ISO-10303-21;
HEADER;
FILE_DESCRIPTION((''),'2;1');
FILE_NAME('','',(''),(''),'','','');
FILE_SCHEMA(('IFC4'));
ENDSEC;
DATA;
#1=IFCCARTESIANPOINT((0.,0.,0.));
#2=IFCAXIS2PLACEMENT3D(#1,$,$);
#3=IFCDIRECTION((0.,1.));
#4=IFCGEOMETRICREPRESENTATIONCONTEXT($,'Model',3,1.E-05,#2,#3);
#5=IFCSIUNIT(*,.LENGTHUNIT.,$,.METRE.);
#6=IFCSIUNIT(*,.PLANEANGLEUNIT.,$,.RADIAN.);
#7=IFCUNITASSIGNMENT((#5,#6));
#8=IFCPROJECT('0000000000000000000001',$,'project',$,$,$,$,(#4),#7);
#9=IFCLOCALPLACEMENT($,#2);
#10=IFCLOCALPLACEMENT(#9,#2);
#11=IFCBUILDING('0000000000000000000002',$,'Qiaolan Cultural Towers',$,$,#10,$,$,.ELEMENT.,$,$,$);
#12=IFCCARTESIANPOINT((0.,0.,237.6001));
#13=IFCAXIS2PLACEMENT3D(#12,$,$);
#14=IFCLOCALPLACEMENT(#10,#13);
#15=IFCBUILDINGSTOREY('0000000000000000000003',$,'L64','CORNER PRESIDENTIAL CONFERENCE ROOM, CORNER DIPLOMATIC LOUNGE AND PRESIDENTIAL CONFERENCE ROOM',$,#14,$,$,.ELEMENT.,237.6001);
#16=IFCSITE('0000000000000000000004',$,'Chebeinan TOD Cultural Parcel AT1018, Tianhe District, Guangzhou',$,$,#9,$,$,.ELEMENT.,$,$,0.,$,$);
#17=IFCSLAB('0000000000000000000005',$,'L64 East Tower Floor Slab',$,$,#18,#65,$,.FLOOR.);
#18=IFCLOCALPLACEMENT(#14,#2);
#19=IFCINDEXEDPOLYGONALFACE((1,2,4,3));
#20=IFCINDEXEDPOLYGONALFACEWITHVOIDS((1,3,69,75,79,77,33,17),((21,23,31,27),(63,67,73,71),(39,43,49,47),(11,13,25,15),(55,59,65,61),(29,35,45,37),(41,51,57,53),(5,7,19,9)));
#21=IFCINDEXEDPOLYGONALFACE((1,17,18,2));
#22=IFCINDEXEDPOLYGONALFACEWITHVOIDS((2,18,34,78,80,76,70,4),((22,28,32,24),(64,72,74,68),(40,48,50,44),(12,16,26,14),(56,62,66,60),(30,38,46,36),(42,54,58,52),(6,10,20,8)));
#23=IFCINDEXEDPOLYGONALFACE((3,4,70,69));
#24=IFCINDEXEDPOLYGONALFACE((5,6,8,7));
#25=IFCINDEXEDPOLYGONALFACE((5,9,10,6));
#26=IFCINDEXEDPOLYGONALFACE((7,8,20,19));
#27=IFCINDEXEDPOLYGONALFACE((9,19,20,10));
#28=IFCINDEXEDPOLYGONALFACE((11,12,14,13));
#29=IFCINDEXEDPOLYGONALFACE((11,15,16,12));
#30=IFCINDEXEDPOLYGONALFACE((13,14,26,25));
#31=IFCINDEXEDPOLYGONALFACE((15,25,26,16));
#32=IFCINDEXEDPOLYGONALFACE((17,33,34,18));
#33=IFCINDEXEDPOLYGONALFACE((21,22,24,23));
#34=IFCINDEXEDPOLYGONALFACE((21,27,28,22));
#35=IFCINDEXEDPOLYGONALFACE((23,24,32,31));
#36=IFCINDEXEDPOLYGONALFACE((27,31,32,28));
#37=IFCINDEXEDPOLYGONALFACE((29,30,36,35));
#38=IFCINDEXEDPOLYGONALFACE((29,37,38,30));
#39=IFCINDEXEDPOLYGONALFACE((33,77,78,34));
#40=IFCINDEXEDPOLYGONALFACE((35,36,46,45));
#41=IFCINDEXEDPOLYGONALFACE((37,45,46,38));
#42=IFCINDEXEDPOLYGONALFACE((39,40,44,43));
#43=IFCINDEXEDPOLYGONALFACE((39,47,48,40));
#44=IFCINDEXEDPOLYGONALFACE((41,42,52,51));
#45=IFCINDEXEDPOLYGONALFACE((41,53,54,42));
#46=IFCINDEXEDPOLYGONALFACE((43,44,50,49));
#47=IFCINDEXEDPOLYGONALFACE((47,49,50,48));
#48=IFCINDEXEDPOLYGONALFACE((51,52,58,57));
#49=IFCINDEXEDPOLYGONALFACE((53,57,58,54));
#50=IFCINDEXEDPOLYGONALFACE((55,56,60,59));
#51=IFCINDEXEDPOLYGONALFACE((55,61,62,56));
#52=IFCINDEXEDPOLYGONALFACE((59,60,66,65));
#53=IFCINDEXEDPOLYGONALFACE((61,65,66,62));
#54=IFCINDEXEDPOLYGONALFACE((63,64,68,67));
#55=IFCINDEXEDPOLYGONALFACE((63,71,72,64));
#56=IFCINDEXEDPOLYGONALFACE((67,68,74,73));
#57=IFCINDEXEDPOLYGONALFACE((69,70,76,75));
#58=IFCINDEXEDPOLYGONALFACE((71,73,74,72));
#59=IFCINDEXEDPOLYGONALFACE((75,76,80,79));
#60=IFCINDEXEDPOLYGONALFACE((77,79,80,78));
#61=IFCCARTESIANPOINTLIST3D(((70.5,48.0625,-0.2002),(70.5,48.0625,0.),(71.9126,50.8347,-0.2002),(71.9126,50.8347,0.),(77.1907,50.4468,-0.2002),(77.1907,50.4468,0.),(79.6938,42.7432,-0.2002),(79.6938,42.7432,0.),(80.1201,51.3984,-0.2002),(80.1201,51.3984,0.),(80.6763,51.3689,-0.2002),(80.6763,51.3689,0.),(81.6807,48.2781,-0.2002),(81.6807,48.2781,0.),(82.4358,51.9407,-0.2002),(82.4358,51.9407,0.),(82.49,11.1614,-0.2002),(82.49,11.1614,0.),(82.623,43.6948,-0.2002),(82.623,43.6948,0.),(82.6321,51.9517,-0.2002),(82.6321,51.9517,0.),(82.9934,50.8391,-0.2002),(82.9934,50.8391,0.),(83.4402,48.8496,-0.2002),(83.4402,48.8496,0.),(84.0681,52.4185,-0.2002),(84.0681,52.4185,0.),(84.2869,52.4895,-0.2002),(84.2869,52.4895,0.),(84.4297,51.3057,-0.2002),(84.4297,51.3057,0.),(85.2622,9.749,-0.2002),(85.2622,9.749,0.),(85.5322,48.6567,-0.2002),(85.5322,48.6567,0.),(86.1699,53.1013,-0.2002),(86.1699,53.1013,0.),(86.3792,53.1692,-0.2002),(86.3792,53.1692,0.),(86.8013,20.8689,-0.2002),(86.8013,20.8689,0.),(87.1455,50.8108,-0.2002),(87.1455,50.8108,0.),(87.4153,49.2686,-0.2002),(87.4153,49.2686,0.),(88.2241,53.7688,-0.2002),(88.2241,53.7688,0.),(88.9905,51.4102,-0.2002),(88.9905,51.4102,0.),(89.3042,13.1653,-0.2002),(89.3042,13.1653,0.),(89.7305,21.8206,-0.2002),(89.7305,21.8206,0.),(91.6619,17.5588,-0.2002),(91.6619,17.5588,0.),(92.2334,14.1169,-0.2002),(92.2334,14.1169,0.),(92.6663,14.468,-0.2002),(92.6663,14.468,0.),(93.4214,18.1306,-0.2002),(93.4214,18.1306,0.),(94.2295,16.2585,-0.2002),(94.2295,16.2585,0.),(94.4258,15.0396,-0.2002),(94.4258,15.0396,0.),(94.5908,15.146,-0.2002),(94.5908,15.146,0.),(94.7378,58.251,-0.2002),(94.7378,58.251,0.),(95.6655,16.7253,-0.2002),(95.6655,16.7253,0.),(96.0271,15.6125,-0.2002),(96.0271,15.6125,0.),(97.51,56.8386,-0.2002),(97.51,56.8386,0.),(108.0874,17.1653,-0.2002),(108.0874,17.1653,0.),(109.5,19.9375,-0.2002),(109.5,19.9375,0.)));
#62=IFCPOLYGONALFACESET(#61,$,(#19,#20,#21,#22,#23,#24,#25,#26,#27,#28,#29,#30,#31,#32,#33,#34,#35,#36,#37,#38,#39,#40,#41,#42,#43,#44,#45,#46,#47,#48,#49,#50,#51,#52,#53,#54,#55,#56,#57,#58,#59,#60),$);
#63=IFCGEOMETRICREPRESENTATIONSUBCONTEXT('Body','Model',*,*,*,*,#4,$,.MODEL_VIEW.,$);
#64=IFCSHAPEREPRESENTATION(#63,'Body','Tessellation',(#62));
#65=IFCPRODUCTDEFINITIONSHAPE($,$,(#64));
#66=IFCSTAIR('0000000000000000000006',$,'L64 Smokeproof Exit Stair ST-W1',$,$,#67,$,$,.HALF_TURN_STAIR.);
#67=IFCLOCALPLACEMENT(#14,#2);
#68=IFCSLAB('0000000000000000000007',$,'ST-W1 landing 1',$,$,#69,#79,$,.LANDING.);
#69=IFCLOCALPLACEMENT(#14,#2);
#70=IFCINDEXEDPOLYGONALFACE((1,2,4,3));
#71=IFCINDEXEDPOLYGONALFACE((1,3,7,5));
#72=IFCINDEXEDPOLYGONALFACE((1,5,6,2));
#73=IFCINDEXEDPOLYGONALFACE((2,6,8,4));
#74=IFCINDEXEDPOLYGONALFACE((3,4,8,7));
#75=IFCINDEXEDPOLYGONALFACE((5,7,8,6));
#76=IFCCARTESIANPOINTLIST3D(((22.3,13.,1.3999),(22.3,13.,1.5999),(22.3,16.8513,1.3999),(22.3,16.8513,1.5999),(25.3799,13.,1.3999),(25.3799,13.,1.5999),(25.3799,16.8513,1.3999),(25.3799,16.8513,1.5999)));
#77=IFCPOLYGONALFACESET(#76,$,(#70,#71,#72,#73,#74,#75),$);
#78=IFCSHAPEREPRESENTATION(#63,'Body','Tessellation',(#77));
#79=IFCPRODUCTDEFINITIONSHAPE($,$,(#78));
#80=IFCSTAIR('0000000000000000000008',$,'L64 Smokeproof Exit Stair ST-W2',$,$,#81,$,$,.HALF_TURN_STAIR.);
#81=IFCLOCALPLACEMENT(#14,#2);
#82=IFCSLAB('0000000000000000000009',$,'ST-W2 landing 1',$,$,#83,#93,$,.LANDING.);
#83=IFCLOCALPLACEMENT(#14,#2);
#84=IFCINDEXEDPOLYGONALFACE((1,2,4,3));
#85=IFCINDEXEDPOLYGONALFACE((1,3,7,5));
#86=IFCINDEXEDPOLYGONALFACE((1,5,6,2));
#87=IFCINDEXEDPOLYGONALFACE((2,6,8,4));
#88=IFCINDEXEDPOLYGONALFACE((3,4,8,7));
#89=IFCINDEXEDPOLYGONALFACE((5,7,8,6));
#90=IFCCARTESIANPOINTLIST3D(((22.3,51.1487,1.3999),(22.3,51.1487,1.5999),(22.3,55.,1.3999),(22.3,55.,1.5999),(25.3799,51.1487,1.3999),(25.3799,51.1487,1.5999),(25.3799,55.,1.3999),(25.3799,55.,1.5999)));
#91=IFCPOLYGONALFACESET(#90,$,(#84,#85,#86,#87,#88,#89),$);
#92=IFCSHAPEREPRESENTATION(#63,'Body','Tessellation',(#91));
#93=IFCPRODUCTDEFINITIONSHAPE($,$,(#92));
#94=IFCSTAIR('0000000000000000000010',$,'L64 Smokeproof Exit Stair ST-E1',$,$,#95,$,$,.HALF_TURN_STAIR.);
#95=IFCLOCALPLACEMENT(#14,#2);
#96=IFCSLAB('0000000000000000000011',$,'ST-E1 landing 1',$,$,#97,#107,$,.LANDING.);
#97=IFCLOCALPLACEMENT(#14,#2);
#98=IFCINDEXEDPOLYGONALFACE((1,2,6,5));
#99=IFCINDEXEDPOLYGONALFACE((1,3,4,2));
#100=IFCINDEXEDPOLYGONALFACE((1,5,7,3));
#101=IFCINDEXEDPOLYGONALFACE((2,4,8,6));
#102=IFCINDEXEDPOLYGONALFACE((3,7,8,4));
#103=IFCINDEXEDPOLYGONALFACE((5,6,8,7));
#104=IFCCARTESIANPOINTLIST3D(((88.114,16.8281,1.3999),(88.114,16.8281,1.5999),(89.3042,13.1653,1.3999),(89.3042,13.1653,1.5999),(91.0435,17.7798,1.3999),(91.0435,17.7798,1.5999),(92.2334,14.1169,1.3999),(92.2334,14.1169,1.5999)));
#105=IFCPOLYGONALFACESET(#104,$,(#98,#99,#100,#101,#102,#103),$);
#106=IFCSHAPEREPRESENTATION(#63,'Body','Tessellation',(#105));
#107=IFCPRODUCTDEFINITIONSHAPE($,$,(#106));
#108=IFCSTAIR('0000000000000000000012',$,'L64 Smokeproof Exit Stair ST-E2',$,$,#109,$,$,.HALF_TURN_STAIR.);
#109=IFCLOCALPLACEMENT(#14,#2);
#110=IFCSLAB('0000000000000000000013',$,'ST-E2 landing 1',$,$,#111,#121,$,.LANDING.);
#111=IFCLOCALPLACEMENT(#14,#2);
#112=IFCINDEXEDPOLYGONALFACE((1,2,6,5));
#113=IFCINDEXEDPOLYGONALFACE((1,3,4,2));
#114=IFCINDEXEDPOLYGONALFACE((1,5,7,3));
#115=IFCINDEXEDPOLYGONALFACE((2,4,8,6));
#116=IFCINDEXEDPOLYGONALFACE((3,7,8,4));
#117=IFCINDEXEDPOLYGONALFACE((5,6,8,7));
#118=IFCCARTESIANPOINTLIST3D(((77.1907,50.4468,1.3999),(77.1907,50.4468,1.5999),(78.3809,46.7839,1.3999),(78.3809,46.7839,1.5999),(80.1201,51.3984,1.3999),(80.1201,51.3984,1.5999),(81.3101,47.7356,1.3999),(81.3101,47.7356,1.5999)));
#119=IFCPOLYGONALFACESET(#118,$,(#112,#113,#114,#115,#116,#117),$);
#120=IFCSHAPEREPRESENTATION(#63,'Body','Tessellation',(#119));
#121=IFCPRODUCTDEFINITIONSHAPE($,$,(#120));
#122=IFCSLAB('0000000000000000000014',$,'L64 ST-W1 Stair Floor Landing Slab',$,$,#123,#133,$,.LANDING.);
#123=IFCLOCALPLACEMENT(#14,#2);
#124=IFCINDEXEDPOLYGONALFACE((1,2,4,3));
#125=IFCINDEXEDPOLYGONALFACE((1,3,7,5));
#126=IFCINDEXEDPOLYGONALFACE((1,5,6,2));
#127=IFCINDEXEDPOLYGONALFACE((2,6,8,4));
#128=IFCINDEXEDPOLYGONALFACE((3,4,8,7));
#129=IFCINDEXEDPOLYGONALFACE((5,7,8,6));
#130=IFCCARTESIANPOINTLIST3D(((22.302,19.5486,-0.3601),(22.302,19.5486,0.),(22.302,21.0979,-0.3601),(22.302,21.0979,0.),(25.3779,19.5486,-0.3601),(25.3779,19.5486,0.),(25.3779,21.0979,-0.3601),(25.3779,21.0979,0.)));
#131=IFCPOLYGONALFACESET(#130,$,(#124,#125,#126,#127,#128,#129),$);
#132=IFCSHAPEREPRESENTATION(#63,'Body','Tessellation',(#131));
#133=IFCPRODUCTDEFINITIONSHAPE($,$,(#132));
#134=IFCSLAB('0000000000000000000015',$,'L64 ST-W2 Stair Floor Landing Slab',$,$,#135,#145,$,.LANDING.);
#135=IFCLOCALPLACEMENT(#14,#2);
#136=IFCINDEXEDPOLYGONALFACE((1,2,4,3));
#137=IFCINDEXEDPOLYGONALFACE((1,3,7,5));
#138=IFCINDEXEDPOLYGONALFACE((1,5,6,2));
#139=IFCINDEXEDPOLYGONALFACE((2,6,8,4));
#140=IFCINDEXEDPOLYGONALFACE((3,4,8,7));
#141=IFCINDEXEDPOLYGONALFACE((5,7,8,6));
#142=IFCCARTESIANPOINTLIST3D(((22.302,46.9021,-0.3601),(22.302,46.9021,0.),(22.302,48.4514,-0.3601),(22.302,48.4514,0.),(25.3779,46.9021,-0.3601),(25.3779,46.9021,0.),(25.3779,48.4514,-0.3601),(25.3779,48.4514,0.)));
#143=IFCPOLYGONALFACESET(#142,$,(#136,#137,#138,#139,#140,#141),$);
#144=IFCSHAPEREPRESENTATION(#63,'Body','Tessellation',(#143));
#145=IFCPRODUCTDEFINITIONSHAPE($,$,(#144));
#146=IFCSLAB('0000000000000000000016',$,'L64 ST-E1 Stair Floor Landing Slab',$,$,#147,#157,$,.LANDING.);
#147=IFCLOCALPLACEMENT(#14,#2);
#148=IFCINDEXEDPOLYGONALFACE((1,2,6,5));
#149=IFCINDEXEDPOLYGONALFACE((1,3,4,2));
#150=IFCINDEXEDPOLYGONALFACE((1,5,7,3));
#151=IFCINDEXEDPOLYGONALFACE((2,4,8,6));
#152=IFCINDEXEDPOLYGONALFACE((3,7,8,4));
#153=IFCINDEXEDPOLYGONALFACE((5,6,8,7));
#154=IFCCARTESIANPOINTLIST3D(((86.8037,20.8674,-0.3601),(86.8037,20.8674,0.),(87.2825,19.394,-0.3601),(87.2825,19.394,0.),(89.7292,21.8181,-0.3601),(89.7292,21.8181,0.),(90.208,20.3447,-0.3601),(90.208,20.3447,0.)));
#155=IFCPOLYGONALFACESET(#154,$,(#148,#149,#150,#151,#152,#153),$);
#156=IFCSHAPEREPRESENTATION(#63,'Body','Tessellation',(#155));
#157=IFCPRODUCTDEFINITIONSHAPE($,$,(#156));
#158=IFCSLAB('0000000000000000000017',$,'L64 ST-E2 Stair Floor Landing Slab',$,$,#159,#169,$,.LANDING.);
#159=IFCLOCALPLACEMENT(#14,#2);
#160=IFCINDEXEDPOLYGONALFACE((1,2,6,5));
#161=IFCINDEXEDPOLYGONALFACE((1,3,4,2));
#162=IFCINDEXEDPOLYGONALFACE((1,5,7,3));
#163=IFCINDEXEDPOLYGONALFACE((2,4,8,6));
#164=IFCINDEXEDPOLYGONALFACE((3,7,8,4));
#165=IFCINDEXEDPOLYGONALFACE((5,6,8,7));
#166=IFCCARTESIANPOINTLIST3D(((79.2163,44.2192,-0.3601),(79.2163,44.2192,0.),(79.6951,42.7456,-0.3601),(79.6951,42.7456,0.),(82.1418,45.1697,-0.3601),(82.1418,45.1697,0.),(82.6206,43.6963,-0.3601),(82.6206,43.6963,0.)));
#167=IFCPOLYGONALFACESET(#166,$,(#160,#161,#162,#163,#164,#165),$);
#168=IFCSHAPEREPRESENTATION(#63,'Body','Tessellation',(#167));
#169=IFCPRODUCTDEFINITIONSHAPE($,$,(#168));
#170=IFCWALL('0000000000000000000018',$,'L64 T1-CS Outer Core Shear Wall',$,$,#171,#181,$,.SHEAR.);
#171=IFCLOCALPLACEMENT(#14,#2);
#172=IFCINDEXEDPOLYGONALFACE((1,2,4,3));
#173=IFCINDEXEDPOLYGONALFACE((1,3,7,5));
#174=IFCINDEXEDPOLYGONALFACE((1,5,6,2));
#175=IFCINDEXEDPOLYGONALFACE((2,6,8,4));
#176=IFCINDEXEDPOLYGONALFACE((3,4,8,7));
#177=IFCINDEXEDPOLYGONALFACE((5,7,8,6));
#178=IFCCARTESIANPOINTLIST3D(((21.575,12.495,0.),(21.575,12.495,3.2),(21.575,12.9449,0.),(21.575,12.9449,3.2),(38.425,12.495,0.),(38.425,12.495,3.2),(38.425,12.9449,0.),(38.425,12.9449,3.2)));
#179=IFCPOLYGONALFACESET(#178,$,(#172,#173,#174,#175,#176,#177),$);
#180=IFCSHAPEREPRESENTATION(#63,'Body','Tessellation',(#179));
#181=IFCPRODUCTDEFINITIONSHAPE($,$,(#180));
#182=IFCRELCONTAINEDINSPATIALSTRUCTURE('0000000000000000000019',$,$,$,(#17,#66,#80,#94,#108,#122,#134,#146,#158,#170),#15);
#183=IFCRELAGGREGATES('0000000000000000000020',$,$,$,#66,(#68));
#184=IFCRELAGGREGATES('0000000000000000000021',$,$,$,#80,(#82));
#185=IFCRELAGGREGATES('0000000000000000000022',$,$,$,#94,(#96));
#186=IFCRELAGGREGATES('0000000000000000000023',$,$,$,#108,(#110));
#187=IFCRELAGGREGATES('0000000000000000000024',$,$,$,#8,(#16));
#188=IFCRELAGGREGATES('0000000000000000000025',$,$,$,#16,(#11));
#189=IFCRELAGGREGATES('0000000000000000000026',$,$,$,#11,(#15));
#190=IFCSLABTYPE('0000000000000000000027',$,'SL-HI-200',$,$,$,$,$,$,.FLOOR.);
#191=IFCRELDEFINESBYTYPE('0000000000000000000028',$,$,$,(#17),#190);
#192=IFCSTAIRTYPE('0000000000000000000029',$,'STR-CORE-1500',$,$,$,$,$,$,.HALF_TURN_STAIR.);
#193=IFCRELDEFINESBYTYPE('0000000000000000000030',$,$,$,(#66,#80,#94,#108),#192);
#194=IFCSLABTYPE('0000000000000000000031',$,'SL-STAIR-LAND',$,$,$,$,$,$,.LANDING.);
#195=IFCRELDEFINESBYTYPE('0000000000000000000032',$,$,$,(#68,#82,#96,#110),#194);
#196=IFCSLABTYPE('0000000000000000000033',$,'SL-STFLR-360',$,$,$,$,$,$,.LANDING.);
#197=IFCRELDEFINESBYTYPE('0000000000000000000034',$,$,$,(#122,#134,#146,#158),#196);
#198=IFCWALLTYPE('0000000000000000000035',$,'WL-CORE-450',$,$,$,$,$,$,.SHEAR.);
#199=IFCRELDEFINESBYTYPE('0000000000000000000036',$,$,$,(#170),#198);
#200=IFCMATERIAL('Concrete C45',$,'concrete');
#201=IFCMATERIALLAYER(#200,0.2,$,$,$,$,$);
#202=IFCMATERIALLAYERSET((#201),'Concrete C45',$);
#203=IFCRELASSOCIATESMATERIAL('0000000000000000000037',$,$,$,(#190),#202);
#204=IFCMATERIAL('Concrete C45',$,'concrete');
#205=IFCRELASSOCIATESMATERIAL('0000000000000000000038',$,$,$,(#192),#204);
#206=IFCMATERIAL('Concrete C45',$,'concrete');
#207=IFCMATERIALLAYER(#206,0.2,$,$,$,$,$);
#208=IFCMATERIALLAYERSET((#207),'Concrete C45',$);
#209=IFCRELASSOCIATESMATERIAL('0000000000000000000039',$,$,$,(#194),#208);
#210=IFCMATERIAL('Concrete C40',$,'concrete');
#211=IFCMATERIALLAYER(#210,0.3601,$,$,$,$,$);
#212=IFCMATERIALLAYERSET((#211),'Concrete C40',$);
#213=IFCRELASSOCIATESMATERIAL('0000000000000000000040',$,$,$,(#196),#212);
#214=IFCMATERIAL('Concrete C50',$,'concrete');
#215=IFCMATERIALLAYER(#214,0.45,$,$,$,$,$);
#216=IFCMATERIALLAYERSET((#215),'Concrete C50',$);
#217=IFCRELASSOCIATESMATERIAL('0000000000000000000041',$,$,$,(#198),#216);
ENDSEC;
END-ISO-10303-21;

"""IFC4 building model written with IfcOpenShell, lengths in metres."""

from ifc_helpers import new_model, si_unit, direction, frame, frame_2d, origin, place, context, subcontext, project, spatial, polyline, rectangle, outline, extrude, material, layer, layer_set, type_object, element, aggregate, save


model = new_model("IFC4")

# Units and contexts
model_context = context("Model", 3, precision=1e-05, world=origin(), true_north=direction((0.0, 1.0)))
body_context = subcontext(model_context, "Body", "Model", "MODEL_VIEW")
ifc_project = project(units=[si_unit("LENGTHUNIT", "METRE"), si_unit("PLANEANGLEUNIT", "RADIAN")], contexts=[model_context])

# Site, building, storey
site_placement = place(None, origin())
site = spatial("IfcSite", under=ifc_project, at=site_placement, Name="Chebeinan TOD Cultural Parcel AT1018, Tianhe District, Guangzhou", CompositionType="ELEMENT", RefElevation=0.0)
building_placement = place(site_placement, origin())
building = spatial("IfcBuilding", under=site, at=building_placement, Name="Qiaolan Cultural Towers", CompositionType="ELEMENT")
storey_placement = place(building_placement, frame((0.0, 0.0, 237.6001)))
storey = spatial("IfcBuildingStorey", under=building, at=storey_placement, Name="L64", Description="CORNER PRESIDENTIAL CONFERENCE ROOM, CORNER DIPLOMATIC LOUNGE AND PRESIDENTIAL CONFERENCE ROOM", CompositionType="ELEMENT", Elevation=237.6001)

# Slab
ifc_material_1 = material(Name="Concrete C45", Category="concrete")
ifc_layer_1 = layer(ifc_material_1, 0.2)
ifc_layer_set_1 = layer_set([ifc_layer_1], Name="Concrete C45")
slab_type_1 = type_object("IfcSlabType", Name="SL-HI-200", PredefinedType="FLOOR", material=ifc_layer_set_1)
slab_1_placement = place(storey_placement, frame((0.0, 0.0, -0.2002)))
element("IfcSlab", 1, at=slab_1_placement, inside=storey, type_object=slab_type_1, Name="L64 East Tower Floor Slab", PredefinedType="FLOOR", context=body_context, shape_type="SweptSolid", body=[
    extrude(outline(polyline([(85.2622, 9.749), (108.0874, 17.1653), (109.5, 19.9375), (97.51, 56.8386), (94.7378, 58.251), (71.9126, 50.8347), (70.5, 48.0625), (82.49, 11.1614), (85.2622, 9.749)]), holes=[polyline([(86.8013, 20.8689), (89.3042, 13.1653), (92.2334, 14.1169), (89.7305, 21.8206), (86.8013, 20.8689)]), polyline([(82.623, 43.6948), (80.1201, 51.3984), (77.1907, 50.4468), (79.6938, 42.7432), (82.623, 43.6948)]), polyline([(92.6663, 14.468), (94.4258, 15.0396), (93.4214, 18.1306), (91.6619, 17.5588), (92.6663, 14.468)]), polyline([(94.5908, 15.146), (96.0271, 15.6125), (95.6655, 16.7253), (94.2295, 16.2585), (94.5908, 15.146)]), polyline([(81.6807, 48.2781), (83.4402, 48.8496), (82.4358, 51.9407), (80.6763, 51.3689), (81.6807, 48.2781)]), polyline([(82.9934, 50.8391), (84.4297, 51.3057), (84.0681, 52.4185), (82.6321, 51.9517), (82.9934, 50.8391)]), polyline([(87.1455, 50.8108), (88.9905, 51.4102), (88.2241, 53.7688), (86.3792, 53.1692), (87.1455, 50.8108)]), polyline([(85.5322, 48.6567), (87.4153, 49.2686), (86.1699, 53.1013), (84.2869, 52.4895), (85.5322, 48.6567)])]), origin(), (0.0, 0.0, 1.0), 0.2002),
])

# Stairs, slabs
ifc_material_2 = material(Name="Concrete C45", Category="concrete")
stair_type = type_object("IfcStairType", Name="STR-CORE-1500", PredefinedType="HALF_TURN_STAIR", material=ifc_material_2)
stair_1_placement = place(storey_placement, origin())
stair_1 = element("IfcStair", 2, at=stair_1_placement, inside=storey, type_object=stair_type, Name="L64 Smokeproof Exit Stair ST-W1", PredefinedType="HALF_TURN_STAIR")
ifc_material_3 = material(Name="Concrete C45", Category="concrete")
ifc_layer_2 = layer(ifc_material_3, 0.2)
ifc_layer_set_2 = layer_set([ifc_layer_2], Name="Concrete C45")
slab_type_2 = type_object("IfcSlabType", Name="SL-STAIR-LAND", PredefinedType="LANDING", material=ifc_layer_set_2)
slab_2_placement = place(storey_placement, frame((0.0, 0.0, 1.3999)))
slab_2 = element("IfcSlab", 3, at=slab_2_placement, type_object=slab_type_2, Name="ST-W1 landing 1", PredefinedType="LANDING", context=body_context, shape_type="SweptSolid", body=[
    extrude(outline(polyline([(22.3, 16.8513), (22.3, 13.0), (25.3799, 13.0), (25.3799, 16.8513), (22.3, 16.8513)])), origin(), (0.0, 0.0, 1.0), 0.2),
])
aggregate(stair_1, [slab_2])
stair_2_placement = place(storey_placement, origin())
stair_2 = element("IfcStair", 4, at=stair_2_placement, inside=storey, type_object=stair_type, Name="L64 Smokeproof Exit Stair ST-W2", PredefinedType="HALF_TURN_STAIR")
slab_3_placement = place(storey_placement, frame((0.0, 0.0, 1.3999)))
slab_3 = element("IfcSlab", 5, at=slab_3_placement, type_object=slab_type_2, Name="ST-W2 landing 1", PredefinedType="LANDING", context=body_context, shape_type="SweptSolid", body=[
    extrude(outline(polyline([(25.3799, 51.1487), (25.3799, 55.0), (22.3, 55.0), (22.3, 51.1487), (25.3799, 51.1487)])), origin(), (0.0, 0.0, 1.0), 0.2),
])
aggregate(stair_2, [slab_3])
stair_3_placement = place(storey_placement, origin())
stair_3 = element("IfcStair", 6, at=stair_3_placement, inside=storey, type_object=stair_type, Name="L64 Smokeproof Exit Stair ST-E1", PredefinedType="HALF_TURN_STAIR")
slab_4_placement = place(storey_placement, frame((0.0, 0.0, 1.3999)))
slab_4 = element("IfcSlab", 7, at=slab_4_placement, type_object=slab_type_2, Name="ST-E1 landing 1", PredefinedType="LANDING", context=body_context, shape_type="SweptSolid", body=[
    extrude(outline(polyline([(88.114, 16.8281), (89.3042, 13.1653), (92.2334, 14.1169), (91.0435, 17.7798), (88.114, 16.8281)])), origin(), (0.0, 0.0, 1.0), 0.2),
])
aggregate(stair_3, [slab_4])
stair_4_placement = place(storey_placement, origin())
stair_4 = element("IfcStair", 8, at=stair_4_placement, inside=storey, type_object=stair_type, Name="L64 Smokeproof Exit Stair ST-E2", PredefinedType="HALF_TURN_STAIR")
slab_5_placement = place(storey_placement, frame((0.0, 0.0, 1.3999)))
slab_5 = element("IfcSlab", 9, at=slab_5_placement, type_object=slab_type_2, Name="ST-E2 landing 1", PredefinedType="LANDING", context=body_context, shape_type="SweptSolid", body=[
    extrude(outline(polyline([(81.3101, 47.7356), (80.1201, 51.3984), (77.1907, 50.4468), (78.3809, 46.7839), (81.3101, 47.7356)])), origin(), (0.0, 0.0, 1.0), 0.2),
])
aggregate(stair_4, [slab_5])

# Slabs
ifc_material_4 = material(Name="Concrete C40", Category="concrete")
ifc_layer_3 = layer(ifc_material_4, 0.3601)
ifc_layer_set_3 = layer_set([ifc_layer_3], Name="Concrete C40")
slab_type_3 = type_object("IfcSlabType", Name="SL-STFLR-360", PredefinedType="LANDING", material=ifc_layer_set_3)
slab_6_placement = place(storey_placement, frame((0.0, 0.0, -0.3601)))
element("IfcSlab", 10, at=slab_6_placement, inside=storey, type_object=slab_type_3, Name="L64 ST-W1 Stair Floor Landing Slab", PredefinedType="LANDING", context=body_context, shape_type="SweptSolid", body=[
    extrude(outline(polyline([(22.302, 21.0979), (22.302, 19.5486), (25.3779, 19.5486), (25.3779, 21.0979), (22.302, 21.0979)])), origin(), (0.0, 0.0, 1.0), 0.3601),
])
slab_7_placement = place(storey_placement, frame((0.0, 0.0, -0.3601)))
element("IfcSlab", 11, at=slab_7_placement, inside=storey, type_object=slab_type_3, Name="L64 ST-W2 Stair Floor Landing Slab", PredefinedType="LANDING", context=body_context, shape_type="SweptSolid", body=[
    extrude(outline(polyline([(25.3779, 46.9021), (25.3779, 48.4514), (22.302, 48.4514), (22.302, 46.9021), (25.3779, 46.9021)])), origin(), (0.0, 0.0, 1.0), 0.3601),
])
slab_8_placement = place(storey_placement, frame((0.0, 0.0, -0.3601)))
element("IfcSlab", 12, at=slab_8_placement, inside=storey, type_object=slab_type_3, Name="L64 ST-E1 Stair Floor Landing Slab", PredefinedType="LANDING", context=body_context, shape_type="SweptSolid", body=[
    extrude(outline(polyline([(86.8037, 20.8674), (87.2825, 19.394), (90.208, 20.3447), (89.7292, 21.8181), (86.8037, 20.8674)])), origin(), (0.0, 0.0, 1.0), 0.3601),
])
slab_9_placement = place(storey_placement, frame((0.0, 0.0, -0.3601)))
element("IfcSlab", 13, at=slab_9_placement, inside=storey, type_object=slab_type_3, Name="L64 ST-E2 Stair Floor Landing Slab", PredefinedType="LANDING", context=body_context, shape_type="SweptSolid", body=[
    extrude(outline(polyline([(82.6206, 43.6963), (82.1418, 45.1697), (79.2163, 44.2192), (79.6951, 42.7456), (82.6206, 43.6963)])), origin(), (0.0, 0.0, 1.0), 0.3601),
])

# Wall
ifc_material_5 = material(Name="Concrete C50", Category="concrete")
ifc_layer_4 = layer(ifc_material_5, 0.45)
ifc_layer_set_4 = layer_set([ifc_layer_4], Name="Concrete C50")
wall_type_1 = type_object("IfcWallType", Name="WL-CORE-450", PredefinedType="SHEAR", material=ifc_layer_set_4)
wall_1_placement = place(storey_placement, frame((21.575, 12.72, 0.0), z_axis=(0.0, 0.0, 1.0), x_axis=(1.0, 0.0, 0.0)))
element("IfcWall", 14, at=wall_1_placement, inside=storey, type_object=wall_type_1, Name="L64 T1-CS Outer Core Shear Wall", PredefinedType="SHEAR", context=body_context, shape_type="SweptSolid", body=[
    extrude(rectangle(XDim=16.8501, YDim=0.45, at=frame_2d((8.425, 0.0))), origin(), (0.0, 0.0, 1.0), 3.2),
])

save(model, "model.ifc")
